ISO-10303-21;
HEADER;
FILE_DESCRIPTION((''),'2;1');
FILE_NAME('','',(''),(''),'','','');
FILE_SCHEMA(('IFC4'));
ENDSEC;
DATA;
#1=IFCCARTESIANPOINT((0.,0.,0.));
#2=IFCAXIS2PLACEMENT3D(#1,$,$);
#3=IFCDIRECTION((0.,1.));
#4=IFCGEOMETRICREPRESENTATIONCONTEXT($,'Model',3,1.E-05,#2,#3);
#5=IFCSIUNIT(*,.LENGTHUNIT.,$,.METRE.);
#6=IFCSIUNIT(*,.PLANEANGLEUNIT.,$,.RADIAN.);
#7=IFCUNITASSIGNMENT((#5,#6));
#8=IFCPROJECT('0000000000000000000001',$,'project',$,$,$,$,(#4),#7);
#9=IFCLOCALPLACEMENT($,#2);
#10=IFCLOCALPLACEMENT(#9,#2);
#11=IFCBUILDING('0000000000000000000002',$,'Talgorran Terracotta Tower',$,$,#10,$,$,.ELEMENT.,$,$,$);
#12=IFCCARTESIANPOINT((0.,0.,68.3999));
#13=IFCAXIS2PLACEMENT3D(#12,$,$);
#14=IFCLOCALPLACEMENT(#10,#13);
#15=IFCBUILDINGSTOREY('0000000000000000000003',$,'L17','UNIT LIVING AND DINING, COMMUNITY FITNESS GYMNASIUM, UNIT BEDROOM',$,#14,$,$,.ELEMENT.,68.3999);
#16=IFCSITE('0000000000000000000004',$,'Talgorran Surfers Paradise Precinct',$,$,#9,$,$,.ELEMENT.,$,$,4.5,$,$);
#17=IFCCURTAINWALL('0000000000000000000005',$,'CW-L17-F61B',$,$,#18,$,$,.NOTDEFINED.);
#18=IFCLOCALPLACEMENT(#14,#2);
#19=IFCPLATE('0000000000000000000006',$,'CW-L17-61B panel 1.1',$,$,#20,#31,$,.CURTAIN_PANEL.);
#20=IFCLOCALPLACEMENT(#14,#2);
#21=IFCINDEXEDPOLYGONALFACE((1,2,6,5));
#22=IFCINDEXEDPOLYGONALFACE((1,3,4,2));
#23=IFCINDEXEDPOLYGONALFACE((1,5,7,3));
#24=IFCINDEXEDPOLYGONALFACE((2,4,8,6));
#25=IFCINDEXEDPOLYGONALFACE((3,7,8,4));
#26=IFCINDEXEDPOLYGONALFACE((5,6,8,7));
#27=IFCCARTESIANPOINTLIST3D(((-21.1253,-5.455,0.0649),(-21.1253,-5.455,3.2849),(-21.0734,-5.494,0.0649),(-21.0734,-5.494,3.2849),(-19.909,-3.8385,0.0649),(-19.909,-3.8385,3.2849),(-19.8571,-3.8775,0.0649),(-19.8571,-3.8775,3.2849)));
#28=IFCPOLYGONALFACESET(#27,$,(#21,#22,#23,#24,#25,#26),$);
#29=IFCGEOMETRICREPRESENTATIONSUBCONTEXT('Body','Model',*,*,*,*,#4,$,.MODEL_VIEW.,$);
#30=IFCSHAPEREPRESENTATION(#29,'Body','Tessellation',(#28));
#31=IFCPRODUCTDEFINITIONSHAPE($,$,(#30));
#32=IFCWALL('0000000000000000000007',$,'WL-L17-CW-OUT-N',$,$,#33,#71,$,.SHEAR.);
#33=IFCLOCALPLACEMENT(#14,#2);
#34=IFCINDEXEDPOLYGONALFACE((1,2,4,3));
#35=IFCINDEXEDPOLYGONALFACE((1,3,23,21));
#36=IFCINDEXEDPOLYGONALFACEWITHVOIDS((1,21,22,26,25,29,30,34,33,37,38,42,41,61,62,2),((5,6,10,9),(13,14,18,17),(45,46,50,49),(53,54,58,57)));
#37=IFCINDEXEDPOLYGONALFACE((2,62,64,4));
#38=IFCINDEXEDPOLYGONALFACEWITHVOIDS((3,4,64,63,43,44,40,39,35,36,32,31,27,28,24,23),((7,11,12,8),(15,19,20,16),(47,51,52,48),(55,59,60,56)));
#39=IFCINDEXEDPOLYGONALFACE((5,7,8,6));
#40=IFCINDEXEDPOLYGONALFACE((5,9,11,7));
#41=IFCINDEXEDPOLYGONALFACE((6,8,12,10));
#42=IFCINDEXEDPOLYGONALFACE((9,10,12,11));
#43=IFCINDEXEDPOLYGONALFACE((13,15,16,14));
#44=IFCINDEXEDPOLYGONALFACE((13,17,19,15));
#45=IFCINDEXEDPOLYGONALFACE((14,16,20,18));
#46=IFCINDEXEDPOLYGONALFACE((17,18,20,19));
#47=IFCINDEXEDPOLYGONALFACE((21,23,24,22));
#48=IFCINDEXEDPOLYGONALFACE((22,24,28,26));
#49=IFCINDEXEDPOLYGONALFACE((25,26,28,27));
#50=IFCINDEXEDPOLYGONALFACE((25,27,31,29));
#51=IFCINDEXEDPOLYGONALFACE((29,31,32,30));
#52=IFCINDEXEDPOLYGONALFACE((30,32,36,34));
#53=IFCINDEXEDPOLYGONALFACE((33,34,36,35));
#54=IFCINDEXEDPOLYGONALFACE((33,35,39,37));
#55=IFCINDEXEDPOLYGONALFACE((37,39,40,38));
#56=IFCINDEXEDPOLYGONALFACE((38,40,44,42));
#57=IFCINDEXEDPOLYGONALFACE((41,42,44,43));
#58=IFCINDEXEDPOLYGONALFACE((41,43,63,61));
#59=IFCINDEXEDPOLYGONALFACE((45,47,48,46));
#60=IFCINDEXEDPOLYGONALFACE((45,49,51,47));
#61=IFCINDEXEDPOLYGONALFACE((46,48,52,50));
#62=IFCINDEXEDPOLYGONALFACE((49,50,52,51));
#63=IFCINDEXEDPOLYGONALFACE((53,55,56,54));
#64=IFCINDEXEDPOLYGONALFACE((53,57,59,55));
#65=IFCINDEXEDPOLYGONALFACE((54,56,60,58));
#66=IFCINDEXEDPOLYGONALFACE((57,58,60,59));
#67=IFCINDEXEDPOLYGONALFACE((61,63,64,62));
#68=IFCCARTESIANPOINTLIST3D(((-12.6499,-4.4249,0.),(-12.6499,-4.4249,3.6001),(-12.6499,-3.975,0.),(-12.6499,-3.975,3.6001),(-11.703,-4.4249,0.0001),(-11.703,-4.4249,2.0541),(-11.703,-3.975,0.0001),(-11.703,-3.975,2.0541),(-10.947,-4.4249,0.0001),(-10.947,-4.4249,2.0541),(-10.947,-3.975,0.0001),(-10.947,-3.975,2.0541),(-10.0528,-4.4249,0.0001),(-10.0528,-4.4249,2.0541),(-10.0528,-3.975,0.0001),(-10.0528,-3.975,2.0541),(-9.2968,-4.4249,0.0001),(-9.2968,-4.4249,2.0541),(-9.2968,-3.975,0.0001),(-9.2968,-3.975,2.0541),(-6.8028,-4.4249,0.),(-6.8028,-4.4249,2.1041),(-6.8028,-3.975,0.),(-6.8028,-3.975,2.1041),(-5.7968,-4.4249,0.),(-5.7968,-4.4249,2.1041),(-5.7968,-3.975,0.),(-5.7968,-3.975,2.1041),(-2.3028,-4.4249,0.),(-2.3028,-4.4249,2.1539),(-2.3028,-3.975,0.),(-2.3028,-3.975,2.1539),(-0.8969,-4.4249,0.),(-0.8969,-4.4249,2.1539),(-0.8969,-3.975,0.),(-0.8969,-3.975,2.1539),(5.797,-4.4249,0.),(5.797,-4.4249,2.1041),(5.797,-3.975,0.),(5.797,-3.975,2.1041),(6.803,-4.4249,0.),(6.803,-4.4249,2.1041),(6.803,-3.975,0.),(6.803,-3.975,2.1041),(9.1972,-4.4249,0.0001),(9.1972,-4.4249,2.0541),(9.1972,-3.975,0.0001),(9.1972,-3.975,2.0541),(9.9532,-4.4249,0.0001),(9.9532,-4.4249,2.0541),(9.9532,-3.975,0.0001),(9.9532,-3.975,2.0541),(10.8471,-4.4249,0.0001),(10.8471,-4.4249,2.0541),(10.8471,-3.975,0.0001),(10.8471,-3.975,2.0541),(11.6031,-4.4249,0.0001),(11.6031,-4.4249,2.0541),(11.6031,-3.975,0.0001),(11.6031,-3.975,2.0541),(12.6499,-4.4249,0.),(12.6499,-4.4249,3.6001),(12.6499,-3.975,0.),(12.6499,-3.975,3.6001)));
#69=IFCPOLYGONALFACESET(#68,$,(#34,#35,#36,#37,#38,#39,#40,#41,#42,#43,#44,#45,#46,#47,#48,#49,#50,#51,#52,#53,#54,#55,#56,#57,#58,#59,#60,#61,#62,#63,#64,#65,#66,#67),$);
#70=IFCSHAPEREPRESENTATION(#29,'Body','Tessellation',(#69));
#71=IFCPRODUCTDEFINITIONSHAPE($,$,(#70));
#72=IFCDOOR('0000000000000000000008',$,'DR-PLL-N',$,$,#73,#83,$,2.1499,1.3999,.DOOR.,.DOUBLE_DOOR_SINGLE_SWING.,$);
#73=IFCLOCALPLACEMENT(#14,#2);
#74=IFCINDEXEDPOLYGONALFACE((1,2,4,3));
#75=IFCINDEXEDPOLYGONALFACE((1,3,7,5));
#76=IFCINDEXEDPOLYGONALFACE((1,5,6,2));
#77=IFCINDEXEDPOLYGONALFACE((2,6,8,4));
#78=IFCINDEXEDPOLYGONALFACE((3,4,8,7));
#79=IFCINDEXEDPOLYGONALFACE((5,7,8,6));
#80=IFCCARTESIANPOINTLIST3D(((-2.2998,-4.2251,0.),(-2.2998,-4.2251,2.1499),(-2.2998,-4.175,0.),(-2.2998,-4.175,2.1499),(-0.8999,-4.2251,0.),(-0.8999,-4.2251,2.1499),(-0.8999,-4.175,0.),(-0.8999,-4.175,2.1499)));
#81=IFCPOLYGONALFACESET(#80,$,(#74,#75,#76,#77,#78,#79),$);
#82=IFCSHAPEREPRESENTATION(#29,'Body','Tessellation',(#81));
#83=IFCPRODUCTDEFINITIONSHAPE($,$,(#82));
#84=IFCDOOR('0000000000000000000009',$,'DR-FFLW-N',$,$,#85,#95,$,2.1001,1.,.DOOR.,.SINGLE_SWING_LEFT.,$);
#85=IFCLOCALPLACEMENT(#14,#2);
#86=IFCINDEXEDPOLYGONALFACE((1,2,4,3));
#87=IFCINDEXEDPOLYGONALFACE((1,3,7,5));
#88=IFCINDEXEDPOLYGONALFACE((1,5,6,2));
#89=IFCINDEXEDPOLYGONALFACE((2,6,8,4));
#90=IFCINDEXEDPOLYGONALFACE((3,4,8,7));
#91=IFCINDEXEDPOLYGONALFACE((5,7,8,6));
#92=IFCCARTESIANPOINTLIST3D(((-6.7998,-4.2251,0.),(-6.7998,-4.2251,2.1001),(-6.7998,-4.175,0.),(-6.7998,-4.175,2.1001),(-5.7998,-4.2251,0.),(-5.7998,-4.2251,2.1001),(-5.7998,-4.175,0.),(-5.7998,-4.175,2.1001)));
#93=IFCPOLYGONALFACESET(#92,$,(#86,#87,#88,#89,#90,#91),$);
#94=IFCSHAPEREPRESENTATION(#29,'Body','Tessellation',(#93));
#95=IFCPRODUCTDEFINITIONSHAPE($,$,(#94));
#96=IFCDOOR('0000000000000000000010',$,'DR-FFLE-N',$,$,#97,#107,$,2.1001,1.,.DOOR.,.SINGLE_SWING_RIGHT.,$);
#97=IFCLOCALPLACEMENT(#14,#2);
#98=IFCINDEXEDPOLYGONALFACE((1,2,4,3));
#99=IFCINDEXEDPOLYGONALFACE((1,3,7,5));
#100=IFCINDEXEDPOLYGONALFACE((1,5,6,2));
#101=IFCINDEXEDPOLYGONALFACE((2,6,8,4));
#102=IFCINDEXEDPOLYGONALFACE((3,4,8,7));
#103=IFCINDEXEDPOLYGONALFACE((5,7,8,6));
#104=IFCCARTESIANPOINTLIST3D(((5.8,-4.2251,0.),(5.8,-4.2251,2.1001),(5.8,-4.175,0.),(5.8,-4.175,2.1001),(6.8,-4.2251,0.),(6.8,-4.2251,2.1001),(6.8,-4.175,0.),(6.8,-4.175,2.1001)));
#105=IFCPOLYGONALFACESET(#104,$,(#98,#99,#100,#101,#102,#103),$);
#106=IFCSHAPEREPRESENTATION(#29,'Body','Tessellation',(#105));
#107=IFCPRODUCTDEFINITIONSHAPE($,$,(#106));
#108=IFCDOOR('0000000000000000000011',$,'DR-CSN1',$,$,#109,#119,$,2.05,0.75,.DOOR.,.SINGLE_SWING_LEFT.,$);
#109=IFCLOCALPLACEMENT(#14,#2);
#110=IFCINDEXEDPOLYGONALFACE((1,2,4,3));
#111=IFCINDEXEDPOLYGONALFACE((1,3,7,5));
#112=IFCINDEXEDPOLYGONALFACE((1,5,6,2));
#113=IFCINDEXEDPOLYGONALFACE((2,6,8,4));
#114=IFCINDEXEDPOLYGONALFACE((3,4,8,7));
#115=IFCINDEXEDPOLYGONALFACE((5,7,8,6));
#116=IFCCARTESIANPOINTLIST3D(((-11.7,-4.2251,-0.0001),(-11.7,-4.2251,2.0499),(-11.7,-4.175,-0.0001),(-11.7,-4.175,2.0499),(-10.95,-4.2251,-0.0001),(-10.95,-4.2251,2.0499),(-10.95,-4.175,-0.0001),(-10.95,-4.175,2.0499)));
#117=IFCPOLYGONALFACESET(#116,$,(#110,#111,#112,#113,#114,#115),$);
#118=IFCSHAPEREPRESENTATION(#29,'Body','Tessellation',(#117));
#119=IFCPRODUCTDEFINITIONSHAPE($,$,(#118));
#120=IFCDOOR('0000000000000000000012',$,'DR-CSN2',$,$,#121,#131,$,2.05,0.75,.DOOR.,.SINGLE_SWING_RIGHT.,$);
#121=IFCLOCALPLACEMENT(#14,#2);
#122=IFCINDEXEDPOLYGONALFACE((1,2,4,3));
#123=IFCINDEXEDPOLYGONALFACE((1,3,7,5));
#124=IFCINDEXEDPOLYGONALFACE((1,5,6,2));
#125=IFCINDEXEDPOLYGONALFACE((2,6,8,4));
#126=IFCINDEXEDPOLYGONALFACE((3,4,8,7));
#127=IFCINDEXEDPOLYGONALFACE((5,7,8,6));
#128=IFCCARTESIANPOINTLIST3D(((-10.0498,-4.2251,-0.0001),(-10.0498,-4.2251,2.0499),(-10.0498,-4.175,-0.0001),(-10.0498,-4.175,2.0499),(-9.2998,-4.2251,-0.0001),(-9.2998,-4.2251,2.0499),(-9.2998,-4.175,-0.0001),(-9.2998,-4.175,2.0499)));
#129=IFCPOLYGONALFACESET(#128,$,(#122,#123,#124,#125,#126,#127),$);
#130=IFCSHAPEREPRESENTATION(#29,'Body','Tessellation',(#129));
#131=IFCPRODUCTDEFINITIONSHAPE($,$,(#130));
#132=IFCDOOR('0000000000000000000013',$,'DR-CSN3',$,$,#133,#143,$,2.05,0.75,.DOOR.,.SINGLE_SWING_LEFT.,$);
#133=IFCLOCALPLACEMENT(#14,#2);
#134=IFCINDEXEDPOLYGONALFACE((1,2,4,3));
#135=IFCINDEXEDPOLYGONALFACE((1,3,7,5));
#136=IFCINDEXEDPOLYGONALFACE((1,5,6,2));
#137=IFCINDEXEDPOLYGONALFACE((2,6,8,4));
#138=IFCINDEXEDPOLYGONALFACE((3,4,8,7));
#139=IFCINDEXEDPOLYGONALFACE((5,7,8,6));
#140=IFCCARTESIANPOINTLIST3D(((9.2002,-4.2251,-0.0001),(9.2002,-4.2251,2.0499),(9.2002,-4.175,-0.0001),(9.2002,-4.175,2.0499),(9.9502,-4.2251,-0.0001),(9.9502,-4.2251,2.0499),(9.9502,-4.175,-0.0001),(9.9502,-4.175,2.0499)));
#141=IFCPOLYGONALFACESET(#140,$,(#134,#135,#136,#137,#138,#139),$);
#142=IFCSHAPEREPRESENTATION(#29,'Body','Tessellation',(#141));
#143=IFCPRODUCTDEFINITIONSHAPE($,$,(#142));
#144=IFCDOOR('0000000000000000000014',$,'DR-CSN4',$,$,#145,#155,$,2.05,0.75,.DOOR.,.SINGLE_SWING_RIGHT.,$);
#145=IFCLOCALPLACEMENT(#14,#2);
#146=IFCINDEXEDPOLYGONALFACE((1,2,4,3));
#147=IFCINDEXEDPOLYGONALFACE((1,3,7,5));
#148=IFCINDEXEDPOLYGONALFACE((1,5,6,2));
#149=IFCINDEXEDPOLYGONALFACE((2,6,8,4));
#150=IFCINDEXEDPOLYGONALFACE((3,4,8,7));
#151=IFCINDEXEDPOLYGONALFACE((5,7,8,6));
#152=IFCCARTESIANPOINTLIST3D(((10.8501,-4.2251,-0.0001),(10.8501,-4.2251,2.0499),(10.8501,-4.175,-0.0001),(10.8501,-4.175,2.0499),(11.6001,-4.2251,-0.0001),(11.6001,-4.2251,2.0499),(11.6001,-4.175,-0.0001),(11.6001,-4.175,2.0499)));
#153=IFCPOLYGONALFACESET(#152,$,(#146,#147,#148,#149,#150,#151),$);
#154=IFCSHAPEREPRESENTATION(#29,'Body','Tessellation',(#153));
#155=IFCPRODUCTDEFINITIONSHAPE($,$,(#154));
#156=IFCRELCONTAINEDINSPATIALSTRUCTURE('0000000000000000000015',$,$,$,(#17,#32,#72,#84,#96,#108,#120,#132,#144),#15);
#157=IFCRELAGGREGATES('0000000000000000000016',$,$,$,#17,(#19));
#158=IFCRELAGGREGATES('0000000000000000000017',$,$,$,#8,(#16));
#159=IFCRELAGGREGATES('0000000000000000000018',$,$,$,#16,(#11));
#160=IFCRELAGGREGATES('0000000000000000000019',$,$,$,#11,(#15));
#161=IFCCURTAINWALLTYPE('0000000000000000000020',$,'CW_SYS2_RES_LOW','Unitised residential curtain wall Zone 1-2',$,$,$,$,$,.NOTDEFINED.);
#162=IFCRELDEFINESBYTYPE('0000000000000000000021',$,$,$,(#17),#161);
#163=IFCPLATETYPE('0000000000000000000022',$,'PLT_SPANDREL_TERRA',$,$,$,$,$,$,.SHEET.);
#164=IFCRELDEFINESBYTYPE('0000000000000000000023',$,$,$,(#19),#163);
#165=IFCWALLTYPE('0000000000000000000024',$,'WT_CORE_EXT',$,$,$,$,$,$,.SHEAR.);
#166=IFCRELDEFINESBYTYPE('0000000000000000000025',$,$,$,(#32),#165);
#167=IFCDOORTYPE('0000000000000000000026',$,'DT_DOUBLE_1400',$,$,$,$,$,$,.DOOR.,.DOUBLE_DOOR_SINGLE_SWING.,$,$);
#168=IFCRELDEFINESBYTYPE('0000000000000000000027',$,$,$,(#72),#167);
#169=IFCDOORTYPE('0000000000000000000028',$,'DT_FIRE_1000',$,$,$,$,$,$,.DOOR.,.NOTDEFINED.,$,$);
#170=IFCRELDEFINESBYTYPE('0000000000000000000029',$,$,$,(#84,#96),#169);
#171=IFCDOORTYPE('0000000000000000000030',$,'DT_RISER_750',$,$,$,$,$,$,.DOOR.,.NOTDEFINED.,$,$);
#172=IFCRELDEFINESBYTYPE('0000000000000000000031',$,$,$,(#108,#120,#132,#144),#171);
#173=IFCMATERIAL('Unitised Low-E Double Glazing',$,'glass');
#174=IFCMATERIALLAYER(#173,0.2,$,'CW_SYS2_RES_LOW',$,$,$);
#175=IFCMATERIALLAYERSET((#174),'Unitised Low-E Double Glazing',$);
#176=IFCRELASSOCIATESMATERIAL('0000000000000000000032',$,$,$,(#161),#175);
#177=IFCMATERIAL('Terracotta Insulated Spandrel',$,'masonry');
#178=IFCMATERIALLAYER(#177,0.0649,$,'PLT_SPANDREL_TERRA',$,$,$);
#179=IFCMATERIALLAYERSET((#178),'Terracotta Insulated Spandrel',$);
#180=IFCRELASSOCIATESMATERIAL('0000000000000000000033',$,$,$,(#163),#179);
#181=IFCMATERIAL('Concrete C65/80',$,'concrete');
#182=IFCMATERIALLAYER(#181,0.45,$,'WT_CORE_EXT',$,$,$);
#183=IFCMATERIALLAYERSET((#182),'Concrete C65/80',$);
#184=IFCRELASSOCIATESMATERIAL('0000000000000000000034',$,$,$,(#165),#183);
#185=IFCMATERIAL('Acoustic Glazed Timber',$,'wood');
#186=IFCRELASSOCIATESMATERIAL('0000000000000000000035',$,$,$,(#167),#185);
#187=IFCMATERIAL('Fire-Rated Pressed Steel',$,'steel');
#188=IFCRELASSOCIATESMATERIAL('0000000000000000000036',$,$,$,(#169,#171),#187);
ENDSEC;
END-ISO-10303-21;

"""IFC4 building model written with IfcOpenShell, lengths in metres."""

from ifc_helpers import new_model, si_unit, direction, frame, frame_2d, origin, origin_2d, place, context, subcontext, project, spatial, rectangle, extrude, source, transform, mapped, material, layer, layer_set, type_object, type_shapes, element, fill, aggregate, save


model = new_model("IFC4")

# Units and contexts
model_context = context("Model", 3, precision=1e-05, world=origin(), true_north=direction((0.0, 1.0)))
body_context = subcontext(model_context, "Body", "Model", "MODEL_VIEW")
ifc_project = project(units=[si_unit("LENGTHUNIT", "METRE"), si_unit("PLANEANGLEUNIT", "RADIAN")], contexts=[model_context])

# Site, building, storey
site_placement = place(None, origin())
site = spatial("IfcSite", under=ifc_project, at=site_placement, Name="Talgorran Surfers Paradise Precinct", CompositionType="ELEMENT", RefElevation=4.5)
building_placement = place(site_placement, origin())
building = spatial("IfcBuilding", under=site, at=building_placement, Name="Talgorran Terracotta Tower", CompositionType="ELEMENT")
storey_placement = place(building_placement, frame((0.0, 0.0, 68.3999)))
storey = spatial("IfcBuildingStorey", under=building, at=storey_placement, Name="L17", Description="UNIT LIVING AND DINING, COMMUNITY FITNESS GYMNASIUM, UNIT BEDROOM", CompositionType="ELEMENT", Elevation=68.3999)

# Shared definitions
ifc_material_1 = material(Name="Unitised Low-E Double Glazing", Category="glass")
ifc_layer_1 = layer(ifc_material_1, 0.2, Name="CW_SYS2_RES_LOW")
ifc_layer_set_1 = layer_set([ifc_layer_1], Name="Unitised Low-E Double Glazing")
curtain_wall_type = type_object("IfcCurtainWallType", Name="CW_SYS2_RES_LOW", Description="Unitised residential curtain wall Zone 1-2", PredefinedType="NOTDEFINED", material=ifc_layer_set_1)

# Curtain wall
curtain_wall_1_placement = place(storey_placement, origin())
curtain_wall_1 = element("IfcCurtainWall", 1, at=curtain_wall_1_placement, inside=storey, type_object=curtain_wall_type, Name="CW-L17-F61B", PredefinedType="NOTDEFINED")

# Plate
ifc_material_2 = material(Name="Terracotta Insulated Spandrel", Category="masonry")
ifc_layer_2 = layer(ifc_material_2, 0.0649, Name="PLT_SPANDREL_TERRA")
ifc_layer_set_2 = layer_set([ifc_layer_2], Name="Terracotta Insulated Spandrel")
plate_type_1 = type_object("IfcPlateType", Name="PLT_SPANDREL_TERRA", PredefinedType="SHEET", material=ifc_layer_set_2)
shared_shape = source(origin(), body_context, "Body", "SweptSolid", [
    extrude(rectangle(XDim=2.0229, YDim=0.0649, at=origin_2d()), origin(), (0.0, 0.0, 1.0), 3.22),
])
type_shapes(plate_type_1, [shared_shape])
plate_placement = place(storey_placement, frame((-20.4912, -4.6663, 0.0649), z_axis=(0.0, 0.0, 1.0), x_axis=(-0.601218, -0.799085, 0.0)))
plate = element("IfcPlate", 2, at=plate_placement, type_object=plate_type_1, Name="CW-L17-61B panel 1.1", PredefinedType="CURTAIN_PANEL", context=body_context, shape_type="MappedRepresentation", body=[
    mapped(shared_shape, transform((0.0, 0.0, 0.0), scale=1.0)),
])
aggregate(curtain_wall_1, [plate])

# Wall, openings, doors
ifc_material_3 = material(Name="Concrete C65/80", Category="concrete")
ifc_layer_3 = layer(ifc_material_3, 0.45, Name="WT_CORE_EXT")
ifc_layer_set_3 = layer_set([ifc_layer_3], Name="Concrete C65/80")
wall_type_1 = type_object("IfcWallType", Name="WT_CORE_EXT", PredefinedType="SHEAR", material=ifc_layer_set_3)
wall_1_placement = place(storey_placement, frame((-12.6499, -4.2, 0.0), z_axis=(0.0, 0.0, 1.0), x_axis=(1.0, 0.0, 0.0)))
wall_1 = element("IfcWall", 3, at=wall_1_placement, inside=storey, type_object=wall_type_1, Name="WL-L17-CW-OUT-N", PredefinedType="SHEAR", context=body_context, shape_type="SweptSolid", body=[
    extrude(rectangle(XDim=25.2998, YDim=0.45, at=frame_2d((12.6499, 0.0))), origin(), (0.0, 0.0, 1.0), 3.6001),
])
opening_1_placement = place(wall_1_placement, frame((0.95, 0.0, 0.0)))
opening_1 = element("IfcOpeningElement", 4, at=opening_1_placement, cuts=wall_1, PredefinedType="OPENING", context=body_context, shape_type="SweptSolid", body=[
    extrude(rectangle(XDim=0.756, YDim=2.054, at=frame_2d((0.375, 1.0271))), frame((0.0, 0.2349, 0.0), z_axis=(0.0, -1.0, 0.0), x_axis=(1.0, 0.0, 0.0)), (0.0, 0.0, 1.0), 0.47),
])
opening_2_placement = place(wall_1_placement, frame((2.6001, 0.0, 0.0)))
opening_2 = element("IfcOpeningElement", 5, at=opening_2_placement, cuts=wall_1, PredefinedType="OPENING", context=body_context, shape_type="SweptSolid", body=[
    extrude(rectangle(XDim=0.756, YDim=2.054, at=frame_2d((0.375, 1.0271))), frame((0.0, 0.2349, 0.0), z_axis=(0.0, -1.0, 0.0), x_axis=(1.0, 0.0, 0.0)), (0.0, 0.0, 1.0), 0.47),
])
opening_3_placement = place(wall_1_placement, frame((21.8501, 0.0, 0.0)))
opening_3 = element("IfcOpeningElement", 6, at=opening_3_placement, cuts=wall_1, PredefinedType="OPENING", context=body_context, shape_type="SweptSolid", body=[
    extrude(rectangle(XDim=0.756, YDim=2.054, at=frame_2d((0.375, 1.0271))), frame((0.0, 0.2349, 0.0), z_axis=(0.0, -1.0, 0.0), x_axis=(1.0, 0.0, 0.0)), (0.0, 0.0, 1.0), 0.47),
])
opening_4_placement = place(wall_1_placement, frame((23.5, 0.0, 0.0)))
opening_4 = element("IfcOpeningElement", 7, at=opening_4_placement, cuts=wall_1, PredefinedType="OPENING", context=body_context, shape_type="SweptSolid", body=[
    extrude(rectangle(XDim=0.756, YDim=2.054, at=frame_2d((0.375, 1.0271))), frame((0.0, 0.2349, 0.0), z_axis=(0.0, -1.0, 0.0), x_axis=(1.0, 0.0, 0.0)), (0.0, 0.0, 1.0), 0.47),
])
opening_5_placement = place(wall_1_placement, frame((5.8501, 0.0, 0.0)))
opening_5 = element("IfcOpeningElement", 8, at=opening_5_placement, cuts=wall_1, PredefinedType="OPENING", context=body_context, shape_type="SweptSolid", body=[
    extrude(rectangle(XDim=1.006, YDim=2.1041, at=frame_2d((0.5, 1.052))), frame((0.0, 0.2349, 0.0), z_axis=(0.0, -1.0, 0.0), x_axis=(1.0, 0.0, 0.0)), (0.0, 0.0, 1.0), 0.47),
])
opening_6_placement = place(wall_1_placement, frame((10.3501, 0.0, 0.0)))
opening_6 = element("IfcOpeningElement", 9, at=opening_6_placement, cuts=wall_1, PredefinedType="OPENING", context=body_context, shape_type="SweptSolid", body=[
    extrude(rectangle(XDim=1.4059, YDim=2.1539, at=frame_2d((0.7, 1.0769))), frame((0.0, 0.2349, 0.0), z_axis=(0.0, -1.0, 0.0), x_axis=(1.0, 0.0, 0.0)), (0.0, 0.0, 1.0), 0.47),
])
opening_7_placement = place(wall_1_placement, frame((18.45, 0.0, 0.0)))
opening_7 = element("IfcOpeningElement", 10, at=opening_7_placement, cuts=wall_1, PredefinedType="OPENING", context=body_context, shape_type="SweptSolid", body=[
    extrude(rectangle(XDim=1.006, YDim=2.1041, at=frame_2d((0.5, 1.052))), frame((0.0, 0.2349, 0.0), z_axis=(0.0, -1.0, 0.0), x_axis=(1.0, 0.0, 0.0)), (0.0, 0.0, 1.0), 0.47),
])
ifc_material_4 = material(Name="Acoustic Glazed Timber", Category="wood")
door_type_1 = type_object("IfcDoorType", Name="DT_DOUBLE_1400", OperationType="DOUBLE_DOOR_SINGLE_SWING", PredefinedType="DOOR", material=ifc_material_4)
door_1_placement = place(opening_6_placement, origin())
door_1 = element("IfcDoor", 11, at=door_1_placement, inside=storey, type_object=door_type_1, Name="DR-PLL-N", OperationType="DOUBLE_DOOR_SINGLE_SWING", OverallHeight=2.1499, OverallWidth=1.3999, PredefinedType="DOOR", context=body_context, shape_type="SweptSolid", body=[
    extrude(rectangle(XDim=1.3999, YDim=2.1499, at=frame_2d((0.7, 1.075))), frame((0.0, 0.0249, 0.0), z_axis=(0.0, -1.0, 0.0), x_axis=(1.0, 0.0, 0.0)), (0.0, 0.0, 1.0), 0.05),
])
fill(opening_6, door_1)
ifc_material_5 = material(Name="Fire-Rated Pressed Steel", Category="steel")
door_type_2 = type_object("IfcDoorType", Name="DT_FIRE_1000", OperationType="NOTDEFINED", PredefinedType="DOOR", material=ifc_material_5)
door_2_placement = place(opening_5_placement, origin())
door_2 = element("IfcDoor", 12, at=door_2_placement, inside=storey, type_object=door_type_2, Name="DR-FFLW-N", OperationType="SINGLE_SWING_LEFT", OverallHeight=2.1001, OverallWidth=1.0, PredefinedType="DOOR", context=body_context, shape_type="SweptSolid", body=[
    extrude(rectangle(XDim=1.0, YDim=2.1001, at=frame_2d((0.5, 1.05))), frame((0.0, 0.0249, 0.0), z_axis=(0.0, -1.0, 0.0), x_axis=(1.0, 0.0, 0.0)), (0.0, 0.0, 1.0), 0.05),
])
fill(opening_5, door_2)
door_3_placement = place(opening_7_placement, origin())
door_3 = element("IfcDoor", 13, at=door_3_placement, inside=storey, type_object=door_type_2, Name="DR-FFLE-N", OperationType="SINGLE_SWING_RIGHT", OverallHeight=2.1001, OverallWidth=1.0, PredefinedType="DOOR", context=body_context, shape_type="SweptSolid", body=[
    extrude(rectangle(XDim=1.0, YDim=2.1001, at=frame_2d((0.5, 1.05))), frame((0.0, 0.0249, 0.0), z_axis=(0.0, -1.0, 0.0), x_axis=(1.0, 0.0, 0.0)), (0.0, 0.0, 1.0), 0.05),
])
fill(opening_7, door_3)
door_type_3 = type_object("IfcDoorType", Name="DT_RISER_750", OperationType="NOTDEFINED", PredefinedType="DOOR", material=ifc_material_5)
door_4_placement = place(opening_1_placement, origin())
door_4 = element("IfcDoor", 14, at=door_4_placement, inside=storey, type_object=door_type_3, Name="DR-CSN1", OperationType="SINGLE_SWING_LEFT", OverallHeight=2.05, OverallWidth=0.75, PredefinedType="DOOR", context=body_context, shape_type="SweptSolid", body=[
    extrude(rectangle(XDim=0.75, YDim=2.05, at=frame_2d((0.375, 1.0249))), frame((0.0, 0.0249, 0.0), z_axis=(0.0, -1.0, 0.0), x_axis=(1.0, 0.0, 0.0)), (0.0, 0.0, 1.0), 0.05),
])
fill(opening_1, door_4)
door_5_placement = place(opening_2_placement, origin())
door_5 = element("IfcDoor", 15, at=door_5_placement, inside=storey, type_object=door_type_3, Name="DR-CSN2", OperationType="SINGLE_SWING_RIGHT", OverallHeight=2.05, OverallWidth=0.75, PredefinedType="DOOR", context=body_context, shape_type="SweptSolid", body=[
    extrude(rectangle(XDim=0.75, YDim=2.05, at=frame_2d((0.375, 1.0249))), frame((0.0, 0.0249, 0.0), z_axis=(0.0, -1.0, 0.0), x_axis=(1.0, 0.0, 0.0)), (0.0, 0.0, 1.0), 0.05),
])
fill(opening_2, door_5)
door_6_placement = place(opening_3_placement, origin())
door_6 = element("IfcDoor", 16, at=door_6_placement, inside=storey, type_object=door_type_3, Name="DR-CSN3", OperationType="SINGLE_SWING_LEFT", OverallHeight=2.05, OverallWidth=0.75, PredefinedType="DOOR", context=body_context, shape_type="SweptSolid", body=[
    extrude(rectangle(XDim=0.75, YDim=2.05, at=frame_2d((0.375, 1.0249))), frame((0.0, 0.0249, 0.0), z_axis=(0.0, -1.0, 0.0), x_axis=(1.0, 0.0, 0.0)), (0.0, 0.0, 1.0), 0.05),
])
fill(opening_3, door_6)
door_7_placement = place(opening_4_placement, origin())
door_7 = element("IfcDoor", 17, at=door_7_placement, inside=storey, type_object=door_type_3, Name="DR-CSN4", OperationType="SINGLE_SWING_RIGHT", OverallHeight=2.05, OverallWidth=0.75, PredefinedType="DOOR", context=body_context, shape_type="SweptSolid", body=[
    extrude(rectangle(XDim=0.75, YDim=2.05, at=frame_2d((0.375, 1.0249))), frame((0.0, 0.0249, 0.0), z_axis=(0.0, -1.0, 0.0), x_axis=(1.0, 0.0, 0.0)), (0.0, 0.0, 1.0), 0.05),
])
fill(opening_4, door_7)

save(model, "model.ifc")
